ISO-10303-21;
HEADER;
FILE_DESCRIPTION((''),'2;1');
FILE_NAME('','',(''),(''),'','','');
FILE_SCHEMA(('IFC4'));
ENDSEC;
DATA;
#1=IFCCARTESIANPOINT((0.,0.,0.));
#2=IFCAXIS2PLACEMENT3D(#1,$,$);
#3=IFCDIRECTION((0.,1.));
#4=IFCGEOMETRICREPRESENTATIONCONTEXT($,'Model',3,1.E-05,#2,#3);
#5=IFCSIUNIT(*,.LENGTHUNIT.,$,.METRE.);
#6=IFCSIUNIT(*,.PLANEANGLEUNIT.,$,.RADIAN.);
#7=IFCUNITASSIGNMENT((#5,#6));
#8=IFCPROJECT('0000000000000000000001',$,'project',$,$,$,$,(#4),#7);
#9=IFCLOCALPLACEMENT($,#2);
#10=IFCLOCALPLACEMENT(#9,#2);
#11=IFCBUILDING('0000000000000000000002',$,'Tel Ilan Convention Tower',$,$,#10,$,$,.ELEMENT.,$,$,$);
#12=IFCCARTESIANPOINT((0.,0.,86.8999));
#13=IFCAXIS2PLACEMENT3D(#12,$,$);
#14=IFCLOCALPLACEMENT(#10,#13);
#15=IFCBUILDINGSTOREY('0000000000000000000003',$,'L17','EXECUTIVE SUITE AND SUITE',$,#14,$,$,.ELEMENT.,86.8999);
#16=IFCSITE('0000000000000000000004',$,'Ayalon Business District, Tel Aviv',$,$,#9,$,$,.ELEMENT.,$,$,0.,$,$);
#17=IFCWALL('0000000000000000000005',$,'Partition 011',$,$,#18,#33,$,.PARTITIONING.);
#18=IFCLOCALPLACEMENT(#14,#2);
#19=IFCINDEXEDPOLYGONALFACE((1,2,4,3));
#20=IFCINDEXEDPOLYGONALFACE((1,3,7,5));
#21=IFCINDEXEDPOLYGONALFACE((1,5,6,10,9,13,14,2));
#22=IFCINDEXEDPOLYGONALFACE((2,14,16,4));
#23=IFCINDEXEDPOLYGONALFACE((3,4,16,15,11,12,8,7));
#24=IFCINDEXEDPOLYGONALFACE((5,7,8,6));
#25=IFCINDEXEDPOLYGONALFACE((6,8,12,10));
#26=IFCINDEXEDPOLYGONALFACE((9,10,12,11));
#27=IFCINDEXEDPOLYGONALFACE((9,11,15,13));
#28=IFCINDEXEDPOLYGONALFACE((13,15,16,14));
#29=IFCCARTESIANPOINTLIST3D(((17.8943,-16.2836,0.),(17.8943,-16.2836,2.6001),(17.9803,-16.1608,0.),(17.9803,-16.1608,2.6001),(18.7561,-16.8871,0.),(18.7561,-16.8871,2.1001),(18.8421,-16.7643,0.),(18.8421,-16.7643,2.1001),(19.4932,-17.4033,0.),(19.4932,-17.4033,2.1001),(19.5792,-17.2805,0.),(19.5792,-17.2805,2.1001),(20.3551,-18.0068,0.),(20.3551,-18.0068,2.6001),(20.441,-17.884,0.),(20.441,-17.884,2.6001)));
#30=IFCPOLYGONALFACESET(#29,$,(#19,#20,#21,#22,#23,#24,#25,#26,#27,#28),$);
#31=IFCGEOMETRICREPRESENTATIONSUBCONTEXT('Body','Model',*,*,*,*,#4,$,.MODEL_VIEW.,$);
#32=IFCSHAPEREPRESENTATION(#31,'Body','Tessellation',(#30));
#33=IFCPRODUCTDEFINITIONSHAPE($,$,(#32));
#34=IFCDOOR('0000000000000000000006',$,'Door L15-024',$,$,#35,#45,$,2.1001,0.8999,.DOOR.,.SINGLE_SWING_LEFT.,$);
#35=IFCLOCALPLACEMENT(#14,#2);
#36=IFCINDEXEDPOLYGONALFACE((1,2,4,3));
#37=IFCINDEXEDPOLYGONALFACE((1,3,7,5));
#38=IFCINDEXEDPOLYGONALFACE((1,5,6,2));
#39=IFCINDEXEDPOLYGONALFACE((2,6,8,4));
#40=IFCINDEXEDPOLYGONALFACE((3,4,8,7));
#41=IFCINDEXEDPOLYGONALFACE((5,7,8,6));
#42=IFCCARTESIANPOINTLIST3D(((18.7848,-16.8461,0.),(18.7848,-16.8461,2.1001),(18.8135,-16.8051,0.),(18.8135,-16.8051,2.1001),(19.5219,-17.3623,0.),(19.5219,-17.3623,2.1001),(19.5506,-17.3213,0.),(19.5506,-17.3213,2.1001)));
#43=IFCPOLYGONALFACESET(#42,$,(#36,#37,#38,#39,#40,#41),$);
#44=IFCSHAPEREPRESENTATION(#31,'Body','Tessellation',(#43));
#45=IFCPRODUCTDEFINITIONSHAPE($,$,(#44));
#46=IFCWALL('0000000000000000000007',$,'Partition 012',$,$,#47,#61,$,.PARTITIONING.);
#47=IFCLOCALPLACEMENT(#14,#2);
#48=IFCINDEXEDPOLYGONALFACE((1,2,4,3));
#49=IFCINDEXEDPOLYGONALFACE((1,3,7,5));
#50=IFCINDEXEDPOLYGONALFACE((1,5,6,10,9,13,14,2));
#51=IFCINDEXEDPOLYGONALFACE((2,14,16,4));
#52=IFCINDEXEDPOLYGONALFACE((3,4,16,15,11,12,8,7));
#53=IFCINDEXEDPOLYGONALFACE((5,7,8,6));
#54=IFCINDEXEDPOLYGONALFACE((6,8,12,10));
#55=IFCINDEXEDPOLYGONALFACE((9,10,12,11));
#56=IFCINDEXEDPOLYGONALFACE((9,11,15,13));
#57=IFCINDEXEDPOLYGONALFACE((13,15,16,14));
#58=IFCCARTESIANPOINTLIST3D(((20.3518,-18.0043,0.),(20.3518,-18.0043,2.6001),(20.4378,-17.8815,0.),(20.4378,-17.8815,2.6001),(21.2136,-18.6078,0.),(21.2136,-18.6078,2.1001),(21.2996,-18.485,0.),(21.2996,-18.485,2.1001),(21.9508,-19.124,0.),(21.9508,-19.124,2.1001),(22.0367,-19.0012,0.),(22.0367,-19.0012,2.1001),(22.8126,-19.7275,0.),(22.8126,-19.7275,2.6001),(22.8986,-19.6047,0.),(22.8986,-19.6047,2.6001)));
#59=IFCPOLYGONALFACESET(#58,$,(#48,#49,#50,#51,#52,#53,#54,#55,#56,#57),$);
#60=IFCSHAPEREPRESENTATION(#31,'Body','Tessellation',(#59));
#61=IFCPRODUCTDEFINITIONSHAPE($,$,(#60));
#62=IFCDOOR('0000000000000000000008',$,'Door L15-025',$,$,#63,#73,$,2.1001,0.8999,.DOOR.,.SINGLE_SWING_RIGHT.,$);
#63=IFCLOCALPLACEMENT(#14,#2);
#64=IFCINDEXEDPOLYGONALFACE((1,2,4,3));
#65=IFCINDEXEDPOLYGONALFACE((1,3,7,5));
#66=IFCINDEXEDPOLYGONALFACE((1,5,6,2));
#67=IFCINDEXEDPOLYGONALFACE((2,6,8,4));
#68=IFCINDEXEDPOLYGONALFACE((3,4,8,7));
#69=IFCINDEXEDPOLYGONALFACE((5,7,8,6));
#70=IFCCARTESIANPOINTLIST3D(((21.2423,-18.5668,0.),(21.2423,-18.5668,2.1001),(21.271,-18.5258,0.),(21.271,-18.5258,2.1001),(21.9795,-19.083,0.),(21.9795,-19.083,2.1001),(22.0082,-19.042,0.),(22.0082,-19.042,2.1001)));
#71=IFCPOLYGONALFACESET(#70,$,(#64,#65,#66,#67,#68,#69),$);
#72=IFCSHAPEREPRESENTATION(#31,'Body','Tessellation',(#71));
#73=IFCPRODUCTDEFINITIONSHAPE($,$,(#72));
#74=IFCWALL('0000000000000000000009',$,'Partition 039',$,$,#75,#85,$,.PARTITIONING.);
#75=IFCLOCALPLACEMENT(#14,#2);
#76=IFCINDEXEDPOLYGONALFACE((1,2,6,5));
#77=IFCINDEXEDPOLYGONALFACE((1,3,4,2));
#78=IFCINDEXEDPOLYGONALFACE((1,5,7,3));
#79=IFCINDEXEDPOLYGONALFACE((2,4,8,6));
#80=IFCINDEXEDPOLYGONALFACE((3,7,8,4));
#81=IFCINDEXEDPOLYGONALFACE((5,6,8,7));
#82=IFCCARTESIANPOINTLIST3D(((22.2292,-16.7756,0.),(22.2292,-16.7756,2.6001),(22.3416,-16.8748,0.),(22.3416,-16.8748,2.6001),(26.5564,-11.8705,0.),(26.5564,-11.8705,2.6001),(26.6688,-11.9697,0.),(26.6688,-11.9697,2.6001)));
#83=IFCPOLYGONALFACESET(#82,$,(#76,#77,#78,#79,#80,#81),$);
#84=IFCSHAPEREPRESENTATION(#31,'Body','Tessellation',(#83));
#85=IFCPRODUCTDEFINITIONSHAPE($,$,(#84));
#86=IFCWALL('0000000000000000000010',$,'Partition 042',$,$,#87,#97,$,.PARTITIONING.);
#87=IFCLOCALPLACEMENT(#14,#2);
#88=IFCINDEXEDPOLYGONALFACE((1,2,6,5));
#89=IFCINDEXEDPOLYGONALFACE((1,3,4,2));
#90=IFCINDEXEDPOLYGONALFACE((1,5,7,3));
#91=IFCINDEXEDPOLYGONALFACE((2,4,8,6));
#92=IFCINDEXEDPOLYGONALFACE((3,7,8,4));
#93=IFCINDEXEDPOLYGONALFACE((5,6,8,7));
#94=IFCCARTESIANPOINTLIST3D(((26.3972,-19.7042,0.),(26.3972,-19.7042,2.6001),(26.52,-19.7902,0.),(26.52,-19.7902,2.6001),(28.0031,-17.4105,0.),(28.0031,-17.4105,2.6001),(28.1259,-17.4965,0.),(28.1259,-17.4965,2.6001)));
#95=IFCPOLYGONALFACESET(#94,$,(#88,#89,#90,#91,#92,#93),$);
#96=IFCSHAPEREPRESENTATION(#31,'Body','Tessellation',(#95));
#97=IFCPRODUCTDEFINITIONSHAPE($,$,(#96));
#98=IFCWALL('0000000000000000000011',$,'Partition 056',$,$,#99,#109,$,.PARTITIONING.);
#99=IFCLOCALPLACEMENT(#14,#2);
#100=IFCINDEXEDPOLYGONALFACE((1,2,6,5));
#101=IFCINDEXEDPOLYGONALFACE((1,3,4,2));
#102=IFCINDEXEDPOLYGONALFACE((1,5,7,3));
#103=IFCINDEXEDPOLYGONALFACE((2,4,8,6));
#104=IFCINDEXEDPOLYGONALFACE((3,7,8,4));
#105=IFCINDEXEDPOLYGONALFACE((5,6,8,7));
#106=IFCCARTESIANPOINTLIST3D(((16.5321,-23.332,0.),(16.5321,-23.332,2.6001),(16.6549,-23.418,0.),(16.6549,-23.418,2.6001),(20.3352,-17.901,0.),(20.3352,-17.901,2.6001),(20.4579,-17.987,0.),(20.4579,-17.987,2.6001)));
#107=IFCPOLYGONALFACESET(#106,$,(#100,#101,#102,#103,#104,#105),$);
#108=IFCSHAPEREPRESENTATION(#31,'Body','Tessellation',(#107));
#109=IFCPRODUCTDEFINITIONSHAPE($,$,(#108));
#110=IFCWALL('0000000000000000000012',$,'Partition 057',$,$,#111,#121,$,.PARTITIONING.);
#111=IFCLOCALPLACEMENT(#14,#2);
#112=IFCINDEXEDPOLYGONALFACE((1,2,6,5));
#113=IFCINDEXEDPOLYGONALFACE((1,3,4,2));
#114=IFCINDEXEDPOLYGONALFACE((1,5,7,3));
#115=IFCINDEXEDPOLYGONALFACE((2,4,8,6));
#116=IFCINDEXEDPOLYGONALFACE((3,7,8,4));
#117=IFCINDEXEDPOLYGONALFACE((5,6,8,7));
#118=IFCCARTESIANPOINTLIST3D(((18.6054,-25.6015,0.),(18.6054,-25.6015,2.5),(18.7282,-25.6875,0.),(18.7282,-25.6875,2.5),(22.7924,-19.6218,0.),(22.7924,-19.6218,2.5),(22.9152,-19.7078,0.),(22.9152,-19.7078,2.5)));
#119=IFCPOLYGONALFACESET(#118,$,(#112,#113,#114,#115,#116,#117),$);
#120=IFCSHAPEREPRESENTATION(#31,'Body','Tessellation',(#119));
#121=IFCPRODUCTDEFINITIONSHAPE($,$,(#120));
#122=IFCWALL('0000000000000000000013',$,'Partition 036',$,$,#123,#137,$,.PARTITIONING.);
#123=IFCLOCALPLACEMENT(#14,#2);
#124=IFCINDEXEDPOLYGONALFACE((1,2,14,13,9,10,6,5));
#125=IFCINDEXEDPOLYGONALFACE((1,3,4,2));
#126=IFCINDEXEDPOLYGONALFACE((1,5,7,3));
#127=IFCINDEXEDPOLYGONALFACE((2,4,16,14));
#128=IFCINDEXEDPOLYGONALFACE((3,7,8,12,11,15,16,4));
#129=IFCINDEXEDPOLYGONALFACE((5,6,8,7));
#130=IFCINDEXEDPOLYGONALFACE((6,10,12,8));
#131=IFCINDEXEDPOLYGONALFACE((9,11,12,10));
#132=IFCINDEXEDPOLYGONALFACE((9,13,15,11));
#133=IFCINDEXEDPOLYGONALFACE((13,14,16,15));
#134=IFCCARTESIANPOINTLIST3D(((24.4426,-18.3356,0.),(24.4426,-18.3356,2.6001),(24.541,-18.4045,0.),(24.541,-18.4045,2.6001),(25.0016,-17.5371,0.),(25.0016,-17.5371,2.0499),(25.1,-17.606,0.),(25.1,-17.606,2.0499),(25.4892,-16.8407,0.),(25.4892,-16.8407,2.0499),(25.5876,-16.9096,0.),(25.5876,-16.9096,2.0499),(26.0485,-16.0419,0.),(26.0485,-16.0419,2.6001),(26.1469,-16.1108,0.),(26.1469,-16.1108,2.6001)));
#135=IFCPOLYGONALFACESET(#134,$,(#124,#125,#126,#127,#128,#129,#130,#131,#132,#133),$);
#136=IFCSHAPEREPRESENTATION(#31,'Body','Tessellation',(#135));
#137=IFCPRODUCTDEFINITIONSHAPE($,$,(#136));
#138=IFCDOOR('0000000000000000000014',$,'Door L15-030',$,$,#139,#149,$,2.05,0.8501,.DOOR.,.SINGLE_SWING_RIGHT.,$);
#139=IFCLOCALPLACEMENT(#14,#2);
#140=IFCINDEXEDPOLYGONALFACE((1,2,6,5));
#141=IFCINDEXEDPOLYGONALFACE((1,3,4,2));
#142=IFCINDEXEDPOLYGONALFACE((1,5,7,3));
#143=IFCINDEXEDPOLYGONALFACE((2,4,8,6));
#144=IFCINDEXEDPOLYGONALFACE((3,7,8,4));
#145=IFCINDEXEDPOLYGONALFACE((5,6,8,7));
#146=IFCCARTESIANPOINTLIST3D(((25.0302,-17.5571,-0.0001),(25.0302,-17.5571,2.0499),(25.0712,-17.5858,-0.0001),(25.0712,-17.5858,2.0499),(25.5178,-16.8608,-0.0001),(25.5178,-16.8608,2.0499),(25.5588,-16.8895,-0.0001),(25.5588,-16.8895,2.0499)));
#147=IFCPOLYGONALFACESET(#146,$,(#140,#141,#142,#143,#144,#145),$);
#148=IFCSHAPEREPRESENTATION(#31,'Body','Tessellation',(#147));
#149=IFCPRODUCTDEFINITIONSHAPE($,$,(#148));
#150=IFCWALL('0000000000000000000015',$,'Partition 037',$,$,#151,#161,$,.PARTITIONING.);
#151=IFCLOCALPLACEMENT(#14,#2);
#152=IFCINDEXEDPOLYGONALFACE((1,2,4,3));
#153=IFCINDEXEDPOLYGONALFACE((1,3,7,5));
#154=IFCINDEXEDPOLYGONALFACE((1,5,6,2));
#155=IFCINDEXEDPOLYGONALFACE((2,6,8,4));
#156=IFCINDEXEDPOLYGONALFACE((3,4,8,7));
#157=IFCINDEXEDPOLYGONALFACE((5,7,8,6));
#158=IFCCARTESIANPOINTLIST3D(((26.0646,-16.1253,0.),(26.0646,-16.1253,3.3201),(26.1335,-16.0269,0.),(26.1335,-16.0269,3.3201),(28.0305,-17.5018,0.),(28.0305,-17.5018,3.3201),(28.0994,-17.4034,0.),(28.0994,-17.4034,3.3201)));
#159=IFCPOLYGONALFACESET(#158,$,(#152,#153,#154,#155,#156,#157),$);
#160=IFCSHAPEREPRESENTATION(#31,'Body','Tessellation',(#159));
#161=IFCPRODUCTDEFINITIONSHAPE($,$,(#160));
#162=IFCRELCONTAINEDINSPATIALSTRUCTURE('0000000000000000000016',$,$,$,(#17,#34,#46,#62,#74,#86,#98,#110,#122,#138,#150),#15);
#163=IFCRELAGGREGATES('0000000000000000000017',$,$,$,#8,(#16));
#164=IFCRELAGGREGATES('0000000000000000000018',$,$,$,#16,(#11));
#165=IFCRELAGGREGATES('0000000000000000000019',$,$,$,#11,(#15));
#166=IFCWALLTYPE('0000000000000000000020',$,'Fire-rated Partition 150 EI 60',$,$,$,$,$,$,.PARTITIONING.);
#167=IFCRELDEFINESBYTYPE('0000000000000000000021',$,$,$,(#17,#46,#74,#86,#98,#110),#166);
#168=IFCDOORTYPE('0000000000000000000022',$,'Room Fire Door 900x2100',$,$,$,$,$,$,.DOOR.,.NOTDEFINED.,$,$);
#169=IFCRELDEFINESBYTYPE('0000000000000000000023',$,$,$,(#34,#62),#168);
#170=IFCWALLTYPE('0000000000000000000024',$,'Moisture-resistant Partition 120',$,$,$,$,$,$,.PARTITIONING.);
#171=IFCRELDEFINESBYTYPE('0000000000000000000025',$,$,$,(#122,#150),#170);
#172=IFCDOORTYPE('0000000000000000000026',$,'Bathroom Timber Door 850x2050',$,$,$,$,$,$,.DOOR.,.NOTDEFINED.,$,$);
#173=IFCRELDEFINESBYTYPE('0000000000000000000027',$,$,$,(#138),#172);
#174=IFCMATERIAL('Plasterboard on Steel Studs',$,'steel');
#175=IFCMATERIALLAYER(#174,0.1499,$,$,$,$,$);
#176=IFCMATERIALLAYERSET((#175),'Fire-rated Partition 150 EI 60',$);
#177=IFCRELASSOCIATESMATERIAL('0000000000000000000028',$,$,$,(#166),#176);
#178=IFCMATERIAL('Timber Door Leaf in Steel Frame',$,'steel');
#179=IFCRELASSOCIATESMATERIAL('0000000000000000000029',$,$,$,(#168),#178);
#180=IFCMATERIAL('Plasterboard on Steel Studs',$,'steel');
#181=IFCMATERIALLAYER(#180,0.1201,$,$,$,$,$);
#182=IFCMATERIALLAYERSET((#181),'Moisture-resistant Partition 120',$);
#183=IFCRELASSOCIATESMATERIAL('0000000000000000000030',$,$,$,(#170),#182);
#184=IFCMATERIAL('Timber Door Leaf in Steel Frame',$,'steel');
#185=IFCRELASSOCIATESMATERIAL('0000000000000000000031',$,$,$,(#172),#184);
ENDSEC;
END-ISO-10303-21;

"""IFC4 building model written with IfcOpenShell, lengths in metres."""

from ifc_helpers import new_model, si_unit, direction, frame, frame_2d, origin, place, context, subcontext, project, spatial, rectangle, extrude, material, layer, layer_set, type_object, element, fill, save


model = new_model("IFC4")

# Units and contexts
model_context = context("Model", 3, precision=1e-05, world=origin(), true_north=direction((0.0, 1.0)))
body_context = subcontext(model_context, "Body", "Model", "MODEL_VIEW")
ifc_project = project(units=[si_unit("LENGTHUNIT", "METRE"), si_unit("PLANEANGLEUNIT", "RADIAN")], contexts=[model_context])

# Site, building, storey
site_placement = place(None, origin())
site = spatial("IfcSite", under=ifc_project, at=site_placement, Name="Ayalon Business District, Tel Aviv", CompositionType="ELEMENT", RefElevation=0.0)
building_placement = place(site_placement, origin())
building = spatial("IfcBuilding", under=site, at=building_placement, Name="Tel Ilan Convention Tower", CompositionType="ELEMENT")
storey_placement = place(building_placement, frame((0.0, 0.0, 86.8999)))
storey = spatial("IfcBuildingStorey", under=building, at=storey_placement, Name="L17", Description="EXECUTIVE SUITE AND SUITE", CompositionType="ELEMENT", Elevation=86.8999)

# Shared definitions
ifc_material_1 = material(Name="Plasterboard on Steel Studs", Category="steel")
ifc_layer_1 = layer(ifc_material_1, 0.1499)
ifc_layer_set_1 = layer_set([ifc_layer_1], Name="Fire-rated Partition 150 EI 60")
wall_type_1 = type_object("IfcWallType", Name="Fire-rated Partition 150 EI 60", PredefinedType="PARTITIONING", material=ifc_layer_set_1)

# Walls, openings, doors
ifc_material_2 = material(Name="Timber Door Leaf in Steel Frame", Category="steel")
door_type_1 = type_object("IfcDoorType", Name="Room Fire Door 900x2100", OperationType="NOTDEFINED", PredefinedType="DOOR", material=ifc_material_2)
wall_1_placement = place(storey_placement, frame((20.3979, -17.9453, 0.0), z_axis=(0.0, 0.0, 1.0), x_axis=(-0.819129, 0.57361, 0.0)))
wall_1 = element("IfcWall", 1, at=wall_1_placement, inside=storey, type_object=wall_type_1, Name="Partition 011", PredefinedType="PARTITIONING", context=body_context, shape_type="SweptSolid", body=[
    extrude(rectangle(XDim=3.0042, YDim=0.1499, at=frame_2d((1.502, 0.0))), origin(), (0.0, 0.0, 1.0), 2.6001),
])
opening_1_placement = place(wall_1_placement, frame((1.052, 0.0, 0.0)))
opening_1 = element("IfcOpeningElement", 2, at=opening_1_placement, cuts=wall_1, PredefinedType="OPENING", context=body_context, shape_type="SweptSolid", body=[
    extrude(rectangle(XDim=0.8999, YDim=2.1001, at=frame_2d((0.45, 1.05))), frame((0.0, 0.085, 0.0), z_axis=(0.0, -1.0, 0.0), x_axis=(1.0, 0.0, 0.0)), (0.0, 0.0, 1.0), 0.1699),
])
door_1_placement = place(opening_1_placement, origin())
door_1 = element("IfcDoor", 3, at=door_1_placement, inside=storey, type_object=door_type_1, Name="Door L15-024", OperationType="SINGLE_SWING_LEFT", OverallHeight=2.1001, OverallWidth=0.8999, PredefinedType="DOOR", context=body_context, shape_type="SweptSolid", body=[
    extrude(rectangle(XDim=0.8999, YDim=2.1001, at=frame_2d((0.45, 1.05))), frame((0.0, 0.0249, 0.0), z_axis=(0.0, -1.0, 0.0), x_axis=(1.0, 0.0, 0.0)), (0.0, 0.0, 1.0), 0.05),
])
fill(opening_1, door_1)
wall_2_placement = place(storey_placement, frame((22.8555, -19.666, 0.0), z_axis=(0.0, 0.0, 1.0), x_axis=(-0.819129, 0.57361, 0.0)))
wall_2 = element("IfcWall", 4, at=wall_2_placement, inside=storey, type_object=wall_type_1, Name="Partition 012", PredefinedType="PARTITIONING", context=body_context, shape_type="SweptSolid", body=[
    extrude(rectangle(XDim=3.0042, YDim=0.1499, at=frame_2d((1.502, 0.0))), origin(), (0.0, 0.0, 1.0), 2.6001),
])
opening_2_placement = place(wall_2_placement, frame((1.052, 0.0, 0.0)))
opening_2 = element("IfcOpeningElement", 5, at=opening_2_placement, cuts=wall_2, PredefinedType="OPENING", context=body_context, shape_type="SweptSolid", body=[
    extrude(rectangle(XDim=0.8999, YDim=2.1001, at=frame_2d((0.45, 1.05))), frame((0.0, 0.085, 0.0), z_axis=(0.0, -1.0, 0.0), x_axis=(1.0, 0.0, 0.0)), (0.0, 0.0, 1.0), 0.1699),
])
door_2_placement = place(opening_2_placement, origin())
door_2 = element("IfcDoor", 6, at=door_2_placement, inside=storey, type_object=door_type_1, Name="Door L15-025", OperationType="SINGLE_SWING_RIGHT", OverallHeight=2.1001, OverallWidth=0.8999, PredefinedType="DOOR", context=body_context, shape_type="SweptSolid", body=[
    extrude(rectangle(XDim=0.8999, YDim=2.1001, at=frame_2d((0.45, 1.05))), frame((0.0, 0.0249, 0.0), z_axis=(0.0, -1.0, 0.0), x_axis=(1.0, 0.0, 0.0)), (0.0, 0.0, 1.0), 0.05),
])
fill(opening_2, door_2)

# Walls
wall_3_placement = place(storey_placement, frame((22.2854, -16.8252, 0.0), z_axis=(0.0, 0.0, 1.0), x_axis=(0.661551, 0.7499, 0.0)))
element("IfcWall", 7, at=wall_3_placement, inside=storey, type_object=wall_type_1, Name="Partition 039", PredefinedType="PARTITIONING", context=body_context, shape_type="SweptSolid", body=[
    extrude(rectangle(XDim=6.541, YDim=0.1499, at=frame_2d((3.2705, 0.0))), origin(), (0.0, 0.0, 1.0), 2.6001),
])
wall_4_placement = place(storey_placement, frame((28.0645, -17.4536, 0.0), z_axis=(0.0, 0.0, 1.0), x_axis=(-0.57355, -0.81917, 0.0)))
element("IfcWall", 8, at=wall_4_placement, inside=storey, type_object=wall_type_1, Name="Partition 042", PredefinedType="PARTITIONING", context=body_context, shape_type="SweptSolid", body=[
    extrude(rectangle(XDim=2.8, YDim=0.1499, at=frame_2d((1.3999, 0.0))), origin(), (0.0, 0.0, 1.0), 2.6001),
])
wall_5_placement = place(storey_placement, frame((20.3965, -17.9441, 0.0), z_axis=(0.0, 0.0, 1.0), x_axis=(-0.573598, -0.819137, 0.0)))
element("IfcWall", 9, at=wall_5_placement, inside=storey, type_object=wall_type_1, Name="Partition 056", PredefinedType="PARTITIONING", context=body_context, shape_type="SweptSolid", body=[
    extrude(rectangle(XDim=6.6301, YDim=0.1499, at=frame_2d((3.3149, 0.0))), origin(), (0.0, 0.0, 1.0), 2.6001),
])
wall_6_placement = place(storey_placement, frame((22.8538, -19.6648, 0.0), z_axis=(0.0, 0.0, 1.0), x_axis=(-0.573572, -0.819155, 0.0)))
element("IfcWall", 10, at=wall_6_placement, inside=storey, type_object=wall_type_1, Name="Partition 057", PredefinedType="PARTITIONING", context=body_context, shape_type="SweptSolid", body=[
    extrude(rectangle(XDim=7.2998, YDim=0.1499, at=frame_2d((3.6499, 0.0))), origin(), (0.0, 0.0, 1.0), 2.5),
])

# Wall, opening, door
ifc_material_3 = material(Name="Plasterboard on Steel Studs", Category="steel")
ifc_layer_2 = layer(ifc_material_3, 0.1201)
ifc_layer_set_2 = layer_set([ifc_layer_2], Name="Moisture-resistant Partition 120")
wall_type_2 = type_object("IfcWallType", Name="Moisture-resistant Partition 120", PredefinedType="PARTITIONING", material=ifc_layer_set_2)
wall_7_placement = place(storey_placement, frame((26.0977, -16.0764, 0.0), z_axis=(0.0, 0.0, 1.0), x_axis=(-0.57355, -0.81917, 0.0)))
wall_7 = element("IfcWall", 11, at=wall_7_placement, inside=storey, type_object=wall_type_2, Name="Partition 036", PredefinedType="PARTITIONING", context=body_context, shape_type="SweptSolid", body=[
    extrude(rectangle(XDim=2.8, YDim=0.1201, at=frame_2d((1.3999, 0.0))), origin(), (0.0, 0.0, 1.0), 2.6001),
])
opening_3_placement = place(wall_7_placement, frame((0.9751, 0.0, 0.0)))
opening_3 = element("IfcOpeningElement", 12, at=opening_3_placement, cuts=wall_7, PredefinedType="OPENING", context=body_context, shape_type="SweptSolid", body=[
    extrude(rectangle(XDim=0.8501, YDim=2.05, at=frame_2d((0.425, 1.0249))), frame((0.0, 0.0701, 0.0), z_axis=(0.0, -1.0, 0.0), x_axis=(1.0, 0.0, 0.0)), (0.0, 0.0, 1.0), 0.1401),
])
ifc_material_4 = material(Name="Timber Door Leaf in Steel Frame", Category="steel")
door_type_2 = type_object("IfcDoorType", Name="Bathroom Timber Door 850x2050", OperationType="NOTDEFINED", PredefinedType="DOOR", material=ifc_material_4)
door_3_placement = place(opening_3_placement, origin())
door_3 = element("IfcDoor", 13, at=door_3_placement, inside=storey, type_object=door_type_2, Name="Door L15-030", OperationType="SINGLE_SWING_RIGHT", OverallHeight=2.05, OverallWidth=0.8501, PredefinedType="DOOR", context=body_context, shape_type="SweptSolid", body=[
    extrude(rectangle(XDim=0.8501, YDim=2.05, at=frame_2d((0.425, 1.0249))), frame((0.0, 0.0249, 0.0), z_axis=(0.0, -1.0, 0.0), x_axis=(1.0, 0.0, 0.0)), (0.0, 0.0, 1.0), 0.05),
])
fill(opening_3, door_3)

# Wall
wall_8_placement = place(storey_placement, frame((28.0649, -17.4526, 0.0), z_axis=(0.0, 0.0, 1.0), x_axis=(-0.819155, 0.573572, 0.0)))
element("IfcWall", 14, at=wall_8_placement, inside=storey, type_object=wall_type_2, Name="Partition 037", PredefinedType="PARTITIONING", context=body_context, shape_type="SweptSolid", body=[
    extrude(rectangle(XDim=2.3999, YDim=0.1201, at=frame_2d((1.2, 0.0))), origin(), (0.0, 0.0, 1.0), 3.3201),
])

save(model, "model.ifc")
